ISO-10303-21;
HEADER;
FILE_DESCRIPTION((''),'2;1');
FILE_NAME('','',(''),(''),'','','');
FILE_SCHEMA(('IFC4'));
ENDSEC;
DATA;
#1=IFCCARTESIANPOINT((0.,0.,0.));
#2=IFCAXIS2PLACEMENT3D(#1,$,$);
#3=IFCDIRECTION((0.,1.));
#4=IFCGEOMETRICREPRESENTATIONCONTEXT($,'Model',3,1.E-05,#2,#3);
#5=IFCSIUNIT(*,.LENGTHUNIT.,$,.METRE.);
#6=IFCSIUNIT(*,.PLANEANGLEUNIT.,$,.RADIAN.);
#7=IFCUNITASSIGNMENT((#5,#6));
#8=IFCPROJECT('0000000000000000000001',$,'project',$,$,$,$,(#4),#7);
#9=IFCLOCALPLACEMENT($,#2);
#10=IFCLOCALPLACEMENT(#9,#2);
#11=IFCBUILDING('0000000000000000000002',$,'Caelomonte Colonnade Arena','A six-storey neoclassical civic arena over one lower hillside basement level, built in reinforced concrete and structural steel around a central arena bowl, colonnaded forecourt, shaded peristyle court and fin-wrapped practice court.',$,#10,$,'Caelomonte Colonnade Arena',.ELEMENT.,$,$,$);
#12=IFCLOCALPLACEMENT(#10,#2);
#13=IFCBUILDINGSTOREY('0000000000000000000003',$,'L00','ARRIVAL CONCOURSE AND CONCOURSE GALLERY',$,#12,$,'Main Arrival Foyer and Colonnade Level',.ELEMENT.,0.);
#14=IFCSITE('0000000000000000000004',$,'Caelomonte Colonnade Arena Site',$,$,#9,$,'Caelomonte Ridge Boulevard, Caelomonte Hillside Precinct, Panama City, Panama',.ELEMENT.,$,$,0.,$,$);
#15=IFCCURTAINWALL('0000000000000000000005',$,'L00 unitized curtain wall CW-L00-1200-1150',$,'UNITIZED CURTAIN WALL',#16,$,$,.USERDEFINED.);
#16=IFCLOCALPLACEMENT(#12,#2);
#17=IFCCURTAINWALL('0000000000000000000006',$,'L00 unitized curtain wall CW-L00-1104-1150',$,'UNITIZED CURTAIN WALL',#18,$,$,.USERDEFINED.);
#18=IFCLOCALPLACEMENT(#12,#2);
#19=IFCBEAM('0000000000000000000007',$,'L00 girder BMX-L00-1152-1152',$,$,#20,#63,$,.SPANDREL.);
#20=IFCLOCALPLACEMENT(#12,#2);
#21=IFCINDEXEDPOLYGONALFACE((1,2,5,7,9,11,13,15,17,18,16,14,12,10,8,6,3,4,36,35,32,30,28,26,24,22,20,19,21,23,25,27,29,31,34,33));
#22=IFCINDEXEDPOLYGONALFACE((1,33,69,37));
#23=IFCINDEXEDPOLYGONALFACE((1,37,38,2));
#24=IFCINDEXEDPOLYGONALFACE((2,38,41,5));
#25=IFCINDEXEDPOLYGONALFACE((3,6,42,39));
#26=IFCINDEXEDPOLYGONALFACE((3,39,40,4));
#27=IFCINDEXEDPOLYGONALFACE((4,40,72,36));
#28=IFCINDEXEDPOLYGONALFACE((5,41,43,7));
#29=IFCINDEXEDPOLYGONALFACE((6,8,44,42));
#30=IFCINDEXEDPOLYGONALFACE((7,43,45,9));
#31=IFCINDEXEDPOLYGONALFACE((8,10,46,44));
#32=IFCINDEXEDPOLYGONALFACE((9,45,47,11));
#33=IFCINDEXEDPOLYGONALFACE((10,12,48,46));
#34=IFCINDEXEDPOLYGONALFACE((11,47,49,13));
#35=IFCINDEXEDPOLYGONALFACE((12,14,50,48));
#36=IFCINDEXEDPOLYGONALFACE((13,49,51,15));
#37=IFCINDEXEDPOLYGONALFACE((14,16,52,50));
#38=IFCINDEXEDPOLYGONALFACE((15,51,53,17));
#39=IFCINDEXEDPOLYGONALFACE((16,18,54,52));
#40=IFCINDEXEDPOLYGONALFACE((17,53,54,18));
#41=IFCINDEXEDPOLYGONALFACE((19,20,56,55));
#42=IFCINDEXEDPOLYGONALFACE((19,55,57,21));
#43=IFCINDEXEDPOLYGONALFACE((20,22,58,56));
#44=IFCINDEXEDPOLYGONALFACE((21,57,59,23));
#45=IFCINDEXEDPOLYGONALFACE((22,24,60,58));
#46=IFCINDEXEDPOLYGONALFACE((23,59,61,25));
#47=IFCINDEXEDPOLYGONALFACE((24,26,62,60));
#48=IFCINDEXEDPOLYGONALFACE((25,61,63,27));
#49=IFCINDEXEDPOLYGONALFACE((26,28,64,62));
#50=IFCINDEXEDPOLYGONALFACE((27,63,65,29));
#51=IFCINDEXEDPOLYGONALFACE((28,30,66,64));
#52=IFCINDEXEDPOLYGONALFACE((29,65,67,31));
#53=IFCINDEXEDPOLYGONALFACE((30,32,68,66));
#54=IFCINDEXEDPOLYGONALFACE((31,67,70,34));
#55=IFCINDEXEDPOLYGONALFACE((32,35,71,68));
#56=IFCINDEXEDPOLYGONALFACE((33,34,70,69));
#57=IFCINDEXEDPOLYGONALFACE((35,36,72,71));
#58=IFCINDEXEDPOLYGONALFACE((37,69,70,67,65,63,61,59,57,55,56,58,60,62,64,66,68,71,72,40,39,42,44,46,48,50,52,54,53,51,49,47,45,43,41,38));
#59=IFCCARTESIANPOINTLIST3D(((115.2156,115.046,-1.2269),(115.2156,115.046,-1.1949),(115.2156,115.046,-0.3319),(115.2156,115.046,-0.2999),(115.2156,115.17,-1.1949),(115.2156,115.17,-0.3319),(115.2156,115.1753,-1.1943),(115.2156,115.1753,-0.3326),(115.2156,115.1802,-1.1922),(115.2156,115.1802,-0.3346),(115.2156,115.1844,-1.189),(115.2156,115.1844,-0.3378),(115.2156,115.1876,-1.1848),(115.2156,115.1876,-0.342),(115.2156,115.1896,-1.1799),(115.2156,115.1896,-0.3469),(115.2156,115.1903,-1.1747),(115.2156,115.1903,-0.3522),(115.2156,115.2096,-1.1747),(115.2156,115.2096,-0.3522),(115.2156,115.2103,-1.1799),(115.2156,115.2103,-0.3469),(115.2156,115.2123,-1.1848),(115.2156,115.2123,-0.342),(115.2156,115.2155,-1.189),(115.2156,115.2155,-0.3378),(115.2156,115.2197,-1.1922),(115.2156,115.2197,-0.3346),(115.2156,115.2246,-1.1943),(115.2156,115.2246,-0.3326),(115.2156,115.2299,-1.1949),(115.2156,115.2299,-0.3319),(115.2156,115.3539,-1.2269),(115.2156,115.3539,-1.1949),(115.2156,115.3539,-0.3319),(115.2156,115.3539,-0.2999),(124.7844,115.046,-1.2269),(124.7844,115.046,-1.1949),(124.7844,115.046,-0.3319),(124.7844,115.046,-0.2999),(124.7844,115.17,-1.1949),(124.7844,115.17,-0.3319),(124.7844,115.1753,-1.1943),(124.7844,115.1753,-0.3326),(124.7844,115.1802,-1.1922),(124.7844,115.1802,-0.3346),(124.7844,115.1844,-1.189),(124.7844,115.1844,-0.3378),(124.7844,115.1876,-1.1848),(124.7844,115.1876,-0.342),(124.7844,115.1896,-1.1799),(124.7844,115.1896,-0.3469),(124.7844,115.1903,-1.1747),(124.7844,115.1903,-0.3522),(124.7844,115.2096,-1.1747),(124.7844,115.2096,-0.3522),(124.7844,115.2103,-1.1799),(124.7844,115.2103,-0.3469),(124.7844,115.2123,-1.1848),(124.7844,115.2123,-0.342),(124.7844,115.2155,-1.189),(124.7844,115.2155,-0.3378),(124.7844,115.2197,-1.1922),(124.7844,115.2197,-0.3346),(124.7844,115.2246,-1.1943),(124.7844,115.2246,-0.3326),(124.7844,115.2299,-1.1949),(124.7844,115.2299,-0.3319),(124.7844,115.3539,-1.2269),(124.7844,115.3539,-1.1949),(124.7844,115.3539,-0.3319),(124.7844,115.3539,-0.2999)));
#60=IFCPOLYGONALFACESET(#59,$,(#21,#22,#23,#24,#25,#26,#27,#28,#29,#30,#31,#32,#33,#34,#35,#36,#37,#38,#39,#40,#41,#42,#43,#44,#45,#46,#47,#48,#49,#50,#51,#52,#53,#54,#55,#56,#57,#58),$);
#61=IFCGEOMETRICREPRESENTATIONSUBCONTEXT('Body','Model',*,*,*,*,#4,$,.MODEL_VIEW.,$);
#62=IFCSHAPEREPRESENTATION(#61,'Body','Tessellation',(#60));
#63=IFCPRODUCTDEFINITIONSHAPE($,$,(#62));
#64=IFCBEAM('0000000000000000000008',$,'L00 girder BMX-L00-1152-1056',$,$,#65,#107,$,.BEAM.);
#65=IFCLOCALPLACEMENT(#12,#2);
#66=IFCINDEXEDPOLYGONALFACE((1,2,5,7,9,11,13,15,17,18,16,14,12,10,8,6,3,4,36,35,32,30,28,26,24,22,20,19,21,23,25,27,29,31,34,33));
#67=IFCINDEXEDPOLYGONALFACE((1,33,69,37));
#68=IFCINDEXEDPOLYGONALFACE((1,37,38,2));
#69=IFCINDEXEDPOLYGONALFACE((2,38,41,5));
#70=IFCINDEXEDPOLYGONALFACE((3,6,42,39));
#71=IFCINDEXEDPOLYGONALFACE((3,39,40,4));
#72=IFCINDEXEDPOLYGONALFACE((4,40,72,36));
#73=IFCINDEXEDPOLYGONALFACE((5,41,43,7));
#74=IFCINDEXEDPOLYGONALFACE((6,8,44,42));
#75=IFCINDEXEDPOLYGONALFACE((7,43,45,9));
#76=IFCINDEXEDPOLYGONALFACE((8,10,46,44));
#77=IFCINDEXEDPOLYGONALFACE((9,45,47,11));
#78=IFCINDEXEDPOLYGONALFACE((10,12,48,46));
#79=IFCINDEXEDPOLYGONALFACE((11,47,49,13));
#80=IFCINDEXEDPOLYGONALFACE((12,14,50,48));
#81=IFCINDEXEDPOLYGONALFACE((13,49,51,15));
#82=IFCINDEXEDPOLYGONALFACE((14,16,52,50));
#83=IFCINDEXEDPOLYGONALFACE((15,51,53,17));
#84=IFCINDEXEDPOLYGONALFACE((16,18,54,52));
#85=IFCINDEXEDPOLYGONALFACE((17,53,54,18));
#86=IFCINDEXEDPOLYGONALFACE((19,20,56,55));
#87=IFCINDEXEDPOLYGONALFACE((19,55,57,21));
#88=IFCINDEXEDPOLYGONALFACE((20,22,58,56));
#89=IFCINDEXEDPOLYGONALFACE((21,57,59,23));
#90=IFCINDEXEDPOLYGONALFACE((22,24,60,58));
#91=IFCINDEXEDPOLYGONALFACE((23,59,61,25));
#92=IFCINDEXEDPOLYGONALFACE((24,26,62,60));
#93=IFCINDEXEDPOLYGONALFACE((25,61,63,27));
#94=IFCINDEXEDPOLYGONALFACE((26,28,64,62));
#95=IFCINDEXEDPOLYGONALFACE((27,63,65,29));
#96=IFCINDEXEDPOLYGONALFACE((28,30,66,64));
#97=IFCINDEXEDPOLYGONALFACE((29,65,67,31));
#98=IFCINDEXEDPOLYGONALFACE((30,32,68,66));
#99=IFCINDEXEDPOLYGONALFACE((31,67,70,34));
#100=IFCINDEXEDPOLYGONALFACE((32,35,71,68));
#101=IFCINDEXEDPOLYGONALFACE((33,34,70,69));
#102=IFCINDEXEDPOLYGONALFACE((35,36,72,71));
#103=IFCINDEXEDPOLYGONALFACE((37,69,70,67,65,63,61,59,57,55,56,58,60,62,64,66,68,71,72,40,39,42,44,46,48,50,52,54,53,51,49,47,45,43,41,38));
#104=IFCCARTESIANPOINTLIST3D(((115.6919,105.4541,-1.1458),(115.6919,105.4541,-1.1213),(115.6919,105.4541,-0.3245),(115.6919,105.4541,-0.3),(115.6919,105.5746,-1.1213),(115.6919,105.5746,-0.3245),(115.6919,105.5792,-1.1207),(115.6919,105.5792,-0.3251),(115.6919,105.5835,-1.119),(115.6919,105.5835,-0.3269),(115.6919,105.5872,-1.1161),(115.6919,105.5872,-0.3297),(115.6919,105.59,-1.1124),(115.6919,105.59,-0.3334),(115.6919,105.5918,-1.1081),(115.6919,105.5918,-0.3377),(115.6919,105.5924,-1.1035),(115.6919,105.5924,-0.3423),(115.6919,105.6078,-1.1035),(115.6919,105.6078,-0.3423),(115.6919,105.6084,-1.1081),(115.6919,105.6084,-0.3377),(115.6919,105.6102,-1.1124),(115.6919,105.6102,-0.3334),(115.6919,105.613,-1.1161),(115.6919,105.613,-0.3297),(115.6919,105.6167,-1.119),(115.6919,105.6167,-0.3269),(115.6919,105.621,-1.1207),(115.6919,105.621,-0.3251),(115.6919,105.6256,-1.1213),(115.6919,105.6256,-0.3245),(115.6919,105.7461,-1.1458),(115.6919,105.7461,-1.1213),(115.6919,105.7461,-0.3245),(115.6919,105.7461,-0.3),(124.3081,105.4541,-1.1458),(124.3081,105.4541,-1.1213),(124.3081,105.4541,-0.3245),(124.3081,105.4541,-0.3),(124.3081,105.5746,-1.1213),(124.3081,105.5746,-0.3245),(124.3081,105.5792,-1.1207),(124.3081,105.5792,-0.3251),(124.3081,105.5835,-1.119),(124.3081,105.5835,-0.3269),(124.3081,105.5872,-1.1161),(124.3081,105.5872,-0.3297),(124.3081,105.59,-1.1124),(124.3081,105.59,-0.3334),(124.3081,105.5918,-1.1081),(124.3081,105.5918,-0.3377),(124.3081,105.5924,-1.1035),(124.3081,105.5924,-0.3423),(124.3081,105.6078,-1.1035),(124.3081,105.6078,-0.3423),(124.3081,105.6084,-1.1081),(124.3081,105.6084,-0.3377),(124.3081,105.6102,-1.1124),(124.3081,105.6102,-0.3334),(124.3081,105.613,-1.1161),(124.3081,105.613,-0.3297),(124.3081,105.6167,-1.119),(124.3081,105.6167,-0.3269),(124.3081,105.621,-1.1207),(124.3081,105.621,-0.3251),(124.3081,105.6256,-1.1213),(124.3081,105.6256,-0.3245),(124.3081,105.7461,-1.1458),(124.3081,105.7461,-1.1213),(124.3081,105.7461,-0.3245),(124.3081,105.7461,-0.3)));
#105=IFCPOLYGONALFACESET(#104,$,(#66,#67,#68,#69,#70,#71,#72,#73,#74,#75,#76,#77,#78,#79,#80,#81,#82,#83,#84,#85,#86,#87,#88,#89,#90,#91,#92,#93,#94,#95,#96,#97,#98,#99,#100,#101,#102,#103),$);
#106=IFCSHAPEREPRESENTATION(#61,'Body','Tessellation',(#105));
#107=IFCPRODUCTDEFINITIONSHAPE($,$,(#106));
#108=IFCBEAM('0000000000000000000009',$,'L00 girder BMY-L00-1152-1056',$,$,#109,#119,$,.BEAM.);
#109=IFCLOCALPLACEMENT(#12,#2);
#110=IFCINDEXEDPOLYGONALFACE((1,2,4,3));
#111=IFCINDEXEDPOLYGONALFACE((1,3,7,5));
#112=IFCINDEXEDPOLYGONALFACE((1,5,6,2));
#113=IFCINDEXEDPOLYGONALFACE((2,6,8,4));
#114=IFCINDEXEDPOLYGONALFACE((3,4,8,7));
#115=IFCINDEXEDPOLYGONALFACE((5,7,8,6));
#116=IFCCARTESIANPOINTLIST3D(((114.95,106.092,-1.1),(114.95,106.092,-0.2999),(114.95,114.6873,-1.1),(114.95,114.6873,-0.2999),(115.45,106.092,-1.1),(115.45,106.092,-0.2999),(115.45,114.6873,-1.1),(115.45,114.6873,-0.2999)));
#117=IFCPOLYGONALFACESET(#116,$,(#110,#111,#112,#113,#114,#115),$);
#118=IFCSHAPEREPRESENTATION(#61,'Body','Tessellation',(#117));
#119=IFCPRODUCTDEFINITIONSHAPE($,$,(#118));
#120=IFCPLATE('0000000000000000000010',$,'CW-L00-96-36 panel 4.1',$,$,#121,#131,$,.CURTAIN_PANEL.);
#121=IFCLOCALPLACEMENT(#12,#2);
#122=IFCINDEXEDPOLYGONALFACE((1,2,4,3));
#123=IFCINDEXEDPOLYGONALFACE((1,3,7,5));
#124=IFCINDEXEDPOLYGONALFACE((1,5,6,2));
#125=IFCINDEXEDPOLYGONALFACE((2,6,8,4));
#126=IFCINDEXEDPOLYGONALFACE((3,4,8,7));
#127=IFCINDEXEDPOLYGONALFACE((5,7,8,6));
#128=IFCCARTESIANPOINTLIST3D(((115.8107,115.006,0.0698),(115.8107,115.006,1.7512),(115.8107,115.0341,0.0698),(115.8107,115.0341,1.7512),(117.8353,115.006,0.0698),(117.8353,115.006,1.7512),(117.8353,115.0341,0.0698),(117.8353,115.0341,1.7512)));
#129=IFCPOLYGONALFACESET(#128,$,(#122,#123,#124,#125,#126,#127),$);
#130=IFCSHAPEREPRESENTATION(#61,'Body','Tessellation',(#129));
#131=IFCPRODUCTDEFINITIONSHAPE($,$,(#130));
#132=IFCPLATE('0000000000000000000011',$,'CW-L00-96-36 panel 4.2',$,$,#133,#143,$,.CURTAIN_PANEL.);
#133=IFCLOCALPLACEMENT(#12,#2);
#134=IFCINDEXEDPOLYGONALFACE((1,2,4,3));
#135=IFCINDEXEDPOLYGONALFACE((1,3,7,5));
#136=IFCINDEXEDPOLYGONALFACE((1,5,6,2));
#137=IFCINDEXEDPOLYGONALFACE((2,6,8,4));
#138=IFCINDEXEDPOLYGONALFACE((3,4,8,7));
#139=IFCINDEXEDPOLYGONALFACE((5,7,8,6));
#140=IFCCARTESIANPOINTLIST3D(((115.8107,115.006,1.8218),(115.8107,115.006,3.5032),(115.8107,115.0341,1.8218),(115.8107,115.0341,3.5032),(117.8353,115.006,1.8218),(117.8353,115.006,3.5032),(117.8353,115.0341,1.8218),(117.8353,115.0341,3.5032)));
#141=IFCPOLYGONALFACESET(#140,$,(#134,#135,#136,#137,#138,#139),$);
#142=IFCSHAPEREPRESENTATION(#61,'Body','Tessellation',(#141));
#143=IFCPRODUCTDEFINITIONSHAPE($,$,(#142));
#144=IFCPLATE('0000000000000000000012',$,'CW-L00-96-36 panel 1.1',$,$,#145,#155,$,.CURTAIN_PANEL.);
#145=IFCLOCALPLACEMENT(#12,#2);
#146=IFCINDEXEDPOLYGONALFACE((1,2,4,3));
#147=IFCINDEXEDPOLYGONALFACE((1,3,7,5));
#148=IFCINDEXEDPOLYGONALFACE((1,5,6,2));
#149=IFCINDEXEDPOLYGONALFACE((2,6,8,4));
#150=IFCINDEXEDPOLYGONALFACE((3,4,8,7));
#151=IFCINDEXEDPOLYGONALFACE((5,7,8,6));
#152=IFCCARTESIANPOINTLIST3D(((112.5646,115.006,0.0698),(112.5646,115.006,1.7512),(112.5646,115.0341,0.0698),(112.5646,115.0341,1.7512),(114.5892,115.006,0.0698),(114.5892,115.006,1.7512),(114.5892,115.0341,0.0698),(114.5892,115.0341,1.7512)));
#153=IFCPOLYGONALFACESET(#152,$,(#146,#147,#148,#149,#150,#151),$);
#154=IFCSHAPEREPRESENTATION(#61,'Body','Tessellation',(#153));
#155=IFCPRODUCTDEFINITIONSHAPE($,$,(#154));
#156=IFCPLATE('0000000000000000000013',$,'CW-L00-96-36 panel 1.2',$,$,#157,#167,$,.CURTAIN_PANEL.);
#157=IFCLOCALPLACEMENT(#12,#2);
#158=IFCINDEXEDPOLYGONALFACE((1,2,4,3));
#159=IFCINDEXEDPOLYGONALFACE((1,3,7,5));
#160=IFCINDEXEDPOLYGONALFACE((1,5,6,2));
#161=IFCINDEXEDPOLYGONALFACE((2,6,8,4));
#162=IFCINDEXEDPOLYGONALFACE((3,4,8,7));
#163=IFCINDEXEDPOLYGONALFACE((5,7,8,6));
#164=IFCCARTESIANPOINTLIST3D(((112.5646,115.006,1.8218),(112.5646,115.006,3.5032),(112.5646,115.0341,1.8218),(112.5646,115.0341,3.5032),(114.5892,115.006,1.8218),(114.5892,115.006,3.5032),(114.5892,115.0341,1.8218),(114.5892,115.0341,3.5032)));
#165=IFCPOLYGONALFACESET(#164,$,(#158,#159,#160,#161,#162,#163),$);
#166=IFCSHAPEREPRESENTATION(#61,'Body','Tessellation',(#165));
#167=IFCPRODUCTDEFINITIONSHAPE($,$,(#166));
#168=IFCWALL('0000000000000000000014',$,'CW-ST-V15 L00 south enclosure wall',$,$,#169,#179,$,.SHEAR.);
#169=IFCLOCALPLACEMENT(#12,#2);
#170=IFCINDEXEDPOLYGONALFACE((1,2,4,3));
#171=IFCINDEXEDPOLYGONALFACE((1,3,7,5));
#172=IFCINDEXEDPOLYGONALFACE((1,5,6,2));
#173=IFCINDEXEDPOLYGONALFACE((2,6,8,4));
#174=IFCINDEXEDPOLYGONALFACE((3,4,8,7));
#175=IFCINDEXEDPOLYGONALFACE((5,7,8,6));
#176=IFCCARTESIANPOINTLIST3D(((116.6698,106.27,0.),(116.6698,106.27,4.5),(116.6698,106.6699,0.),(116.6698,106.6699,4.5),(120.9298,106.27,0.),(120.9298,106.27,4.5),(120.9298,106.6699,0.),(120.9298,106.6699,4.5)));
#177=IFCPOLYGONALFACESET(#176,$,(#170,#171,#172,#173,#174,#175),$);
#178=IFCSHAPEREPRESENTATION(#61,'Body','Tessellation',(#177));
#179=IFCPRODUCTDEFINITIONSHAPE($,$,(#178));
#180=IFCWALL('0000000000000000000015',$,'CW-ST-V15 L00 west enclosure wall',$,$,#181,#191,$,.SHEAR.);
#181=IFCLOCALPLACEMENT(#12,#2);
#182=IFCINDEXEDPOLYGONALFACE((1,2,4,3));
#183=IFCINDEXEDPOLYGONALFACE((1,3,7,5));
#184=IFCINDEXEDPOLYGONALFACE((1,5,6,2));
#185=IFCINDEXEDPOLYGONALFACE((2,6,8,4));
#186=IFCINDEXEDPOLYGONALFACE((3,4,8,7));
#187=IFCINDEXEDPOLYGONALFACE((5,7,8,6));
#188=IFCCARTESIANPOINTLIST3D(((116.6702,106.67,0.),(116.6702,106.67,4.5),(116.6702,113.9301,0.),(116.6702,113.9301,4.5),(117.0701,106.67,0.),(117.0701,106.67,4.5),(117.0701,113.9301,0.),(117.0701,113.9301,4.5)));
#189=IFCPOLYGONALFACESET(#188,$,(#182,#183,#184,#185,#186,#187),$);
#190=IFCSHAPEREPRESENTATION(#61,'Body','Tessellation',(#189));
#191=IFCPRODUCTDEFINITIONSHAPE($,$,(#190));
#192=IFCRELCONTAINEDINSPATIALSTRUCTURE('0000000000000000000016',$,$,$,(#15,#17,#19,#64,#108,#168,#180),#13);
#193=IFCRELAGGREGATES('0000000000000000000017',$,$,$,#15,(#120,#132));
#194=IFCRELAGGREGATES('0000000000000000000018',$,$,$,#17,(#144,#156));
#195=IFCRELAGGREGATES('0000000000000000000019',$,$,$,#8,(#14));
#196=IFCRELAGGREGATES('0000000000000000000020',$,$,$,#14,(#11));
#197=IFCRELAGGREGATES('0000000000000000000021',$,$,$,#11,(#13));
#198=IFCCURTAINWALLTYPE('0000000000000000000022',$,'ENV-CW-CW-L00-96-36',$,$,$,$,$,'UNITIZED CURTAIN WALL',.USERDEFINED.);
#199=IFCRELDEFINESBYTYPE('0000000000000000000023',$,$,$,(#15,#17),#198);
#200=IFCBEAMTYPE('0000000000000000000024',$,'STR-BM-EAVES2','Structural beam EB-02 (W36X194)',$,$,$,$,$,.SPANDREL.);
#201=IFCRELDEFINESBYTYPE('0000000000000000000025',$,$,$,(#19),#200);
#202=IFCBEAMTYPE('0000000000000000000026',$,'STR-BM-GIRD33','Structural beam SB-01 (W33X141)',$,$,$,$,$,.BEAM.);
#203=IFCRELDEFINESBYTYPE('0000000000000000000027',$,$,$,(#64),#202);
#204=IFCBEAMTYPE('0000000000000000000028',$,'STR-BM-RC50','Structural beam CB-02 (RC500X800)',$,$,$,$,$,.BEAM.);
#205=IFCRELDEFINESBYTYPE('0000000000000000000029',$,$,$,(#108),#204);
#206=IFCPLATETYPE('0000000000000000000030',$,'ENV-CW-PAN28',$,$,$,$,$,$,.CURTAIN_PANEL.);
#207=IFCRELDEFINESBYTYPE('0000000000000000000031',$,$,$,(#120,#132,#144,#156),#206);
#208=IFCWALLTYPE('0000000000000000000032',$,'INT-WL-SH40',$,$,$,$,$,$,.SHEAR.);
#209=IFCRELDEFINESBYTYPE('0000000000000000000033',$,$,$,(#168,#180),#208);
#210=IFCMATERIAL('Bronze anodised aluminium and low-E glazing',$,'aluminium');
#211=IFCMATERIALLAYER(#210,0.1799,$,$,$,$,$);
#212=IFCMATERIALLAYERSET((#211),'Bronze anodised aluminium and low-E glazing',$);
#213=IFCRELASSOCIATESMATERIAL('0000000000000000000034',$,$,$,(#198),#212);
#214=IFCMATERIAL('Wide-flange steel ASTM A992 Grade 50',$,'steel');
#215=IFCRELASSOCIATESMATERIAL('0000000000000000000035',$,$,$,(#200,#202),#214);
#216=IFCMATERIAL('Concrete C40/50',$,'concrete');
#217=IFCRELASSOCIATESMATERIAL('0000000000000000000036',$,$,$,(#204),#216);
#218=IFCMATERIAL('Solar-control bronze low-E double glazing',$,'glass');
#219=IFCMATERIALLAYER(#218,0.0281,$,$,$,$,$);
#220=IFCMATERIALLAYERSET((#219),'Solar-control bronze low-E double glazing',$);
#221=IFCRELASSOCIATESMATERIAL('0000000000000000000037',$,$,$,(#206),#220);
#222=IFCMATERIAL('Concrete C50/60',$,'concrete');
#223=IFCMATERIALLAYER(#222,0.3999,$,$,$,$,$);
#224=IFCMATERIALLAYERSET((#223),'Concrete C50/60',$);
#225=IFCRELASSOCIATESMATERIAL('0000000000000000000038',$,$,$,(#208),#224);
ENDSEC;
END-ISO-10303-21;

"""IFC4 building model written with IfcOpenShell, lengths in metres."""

from ifc_helpers import new_model, si_unit, direction, frame, frame_2d, origin, origin_2d, place, context, subcontext, project, spatial, rectangle, i_section, extrude, material, layer, layer_set, material_profile, profile_set, type_object, element, aggregate, save


model = new_model("IFC4")

# Units and contexts
model_context = context("Model", 3, precision=1e-05, world=origin(), true_north=direction((0.0, 1.0)))
body_context = subcontext(model_context, "Body", "Model", "MODEL_VIEW")
ifc_project = project(units=[si_unit("LENGTHUNIT", "METRE"), si_unit("PLANEANGLEUNIT", "RADIAN")], contexts=[model_context])

# Site, building, storey
site_placement = place(None, origin())
site = spatial("IfcSite", under=ifc_project, at=site_placement, Name="Caelomonte Colonnade Arena Site", LongName="Caelomonte Ridge Boulevard, Caelomonte Hillside Precinct, Panama City, Panama", CompositionType="ELEMENT", RefElevation=0.0)
building_placement = place(site_placement, origin())
building = spatial("IfcBuilding", under=site, at=building_placement, Name="Caelomonte Colonnade Arena", Description="A six-storey neoclassical civic arena over one lower hillside basement level, built in reinforced concrete and structural steel around a central arena bowl, colonnaded forecourt, shaded peristyle court and fin-wrapped practice court.", LongName="Caelomonte Colonnade Arena", CompositionType="ELEMENT")
storey_placement = place(building_placement, origin())
storey = spatial("IfcBuildingStorey", under=building, at=storey_placement, Name="L00", Description="ARRIVAL CONCOURSE AND CONCOURSE GALLERY", LongName="Main Arrival Foyer and Colonnade Level", CompositionType="ELEMENT", Elevation=0.0)

# Shared definitions
ifc_material_1 = material(Name="Concrete C50/60", Category="concrete")
ifc_material_2 = material(Name="Wide-flange steel ASTM A992 Grade 50", Category="steel")

# Curtain walls
ifc_material_3 = material(Name="Bronze anodised aluminium and low-E glazing", Category="aluminium")
ifc_layer_1 = layer(ifc_material_3, 0.1799)
ifc_layer_set_1 = layer_set([ifc_layer_1], Name="Bronze anodised aluminium and low-E glazing")
curtain_wall_type = type_object("IfcCurtainWallType", Name="ENV-CW-CW-L00-96-36", ElementType="UNITIZED CURTAIN WALL", PredefinedType="USERDEFINED", material=ifc_layer_set_1)
curtain_wall_1_placement = place(storey_placement, origin())
curtain_wall_1 = element("IfcCurtainWall", 1, at=curtain_wall_1_placement, inside=storey, type_object=curtain_wall_type, Name="L00 unitized curtain wall CW-L00-1200-1150", ObjectType="UNITIZED CURTAIN WALL", PredefinedType="USERDEFINED")
curtain_wall_2_placement = place(storey_placement, origin())
curtain_wall_2 = element("IfcCurtainWall", 2, at=curtain_wall_2_placement, inside=storey, type_object=curtain_wall_type, Name="L00 unitized curtain wall CW-L00-1104-1150", ObjectType="UNITIZED CURTAIN WALL", PredefinedType="USERDEFINED")

# Beams
ifc_material_profile_1 = material_profile(ifc_material_2, i_section(OverallWidth=0.3079, OverallDepth=0.927, WebThickness=0.0193, FlangeThickness=0.032, FilletRadius=0.0203, at=origin_2d()), Name="W36X194")
ifc_profile_set_1 = profile_set([ifc_material_profile_1], Name="Wide-flange steel ASTM A992 Grade 50")
beam_type_1 = type_object("IfcBeamType", Name="STR-BM-EAVES2", Description="Structural beam EB-02 (W36X194)", PredefinedType="SPANDREL", material=ifc_profile_set_1)
beam_1_placement = place(storey_placement, frame((115.2156, 115.2, -0.7634), z_axis=(1.0, 0.0, 0.0), x_axis=(0.0, 1.0, 0.0)))
element("IfcBeam", 3, at=beam_1_placement, inside=storey, type_object=beam_type_1, Name="L00 girder BMX-L00-1152-1152", PredefinedType="SPANDREL", context=body_context, shape_type="SweptSolid", body=[
    extrude(i_section(OverallWidth=0.3079, OverallDepth=0.927, WebThickness=0.0193, FlangeThickness=0.032, FilletRadius=0.0203, at=origin_2d()), origin(), (0.0, 0.0, 1.0), 9.5688),
])
ifc_material_profile_2 = material_profile(ifc_material_2, i_section(OverallWidth=0.292, OverallDepth=0.8457, WebThickness=0.0154, FlangeThickness=0.0244, FilletRadius=0.0178, at=origin_2d()), Name="W33X141")
ifc_profile_set_2 = profile_set([ifc_material_profile_2], Name="Wide-flange steel ASTM A992 Grade 50")
beam_type_2 = type_object("IfcBeamType", Name="STR-BM-GIRD33", Description="Structural beam SB-01 (W33X141)", PredefinedType="BEAM", material=ifc_profile_set_2)
beam_2_placement = place(storey_placement, frame((115.6919, 105.6001, -0.7229), z_axis=(1.0, 0.0, 0.0), x_axis=(0.0, 1.0, 0.0)))
element("IfcBeam", 4, at=beam_2_placement, inside=storey, type_object=beam_type_2, Name="L00 girder BMX-L00-1152-1056", PredefinedType="BEAM", context=body_context, shape_type="SweptSolid", body=[
    extrude(i_section(OverallWidth=0.292, OverallDepth=0.8457, WebThickness=0.0154, FlangeThickness=0.0244, FilletRadius=0.0178, at=origin_2d()), origin(), (0.0, 0.0, 1.0), 8.6162),
])
ifc_material_4 = material(Name="Concrete C40/50", Category="concrete")
ifc_material_profile_3 = material_profile(ifc_material_4, rectangle(XDim=0.5, YDim=0.8, at=origin_2d()), Name="RC500X800")
ifc_profile_set_3 = profile_set([ifc_material_profile_3], Name="Concrete C40/50")
beam_type_3 = type_object("IfcBeamType", Name="STR-BM-RC50", Description="Structural beam CB-02 (RC500X800)", PredefinedType="BEAM", material=ifc_profile_set_3)
beam_3_placement = place(storey_placement, frame((115.2, 106.092, -0.7), z_axis=(0.0, 1.0, 0.0), x_axis=(-1.0, 0.0, 0.0)))
element("IfcBeam", 5, at=beam_3_placement, inside=storey, type_object=beam_type_3, Name="L00 girder BMY-L00-1152-1056", PredefinedType="BEAM", context=body_context, shape_type="SweptSolid", body=[
    extrude(rectangle(XDim=0.5, YDim=0.8, at=origin_2d()), origin(), (0.0, 0.0, 1.0), 8.5952),
])

# Plates
ifc_material_5 = material(Name="Solar-control bronze low-E double glazing", Category="glass")
ifc_layer_2 = layer(ifc_material_5, 0.0281)
ifc_layer_set_2 = layer_set([ifc_layer_2], Name="Solar-control bronze low-E double glazing")
plate_type = type_object("IfcPlateType", Name="ENV-CW-PAN28", PredefinedType="CURTAIN_PANEL", material=ifc_layer_set_2)
plate_1_placement = place(storey_placement, frame((116.823, 115.02, 0.0698), z_axis=(0.0, 0.0, 1.0), x_axis=(-1.0, 0.0, 0.0)))
plate_1 = element("IfcPlate", 6, at=plate_1_placement, type_object=plate_type, Name="CW-L00-96-36 panel 4.1", PredefinedType="CURTAIN_PANEL", context=body_context, shape_type="SweptSolid", body=[
    extrude(rectangle(XDim=2.0247, YDim=0.0281, at=origin_2d()), origin(), (0.0, 0.0, 1.0), 1.6814),
])
plate_2_placement = place(storey_placement, frame((116.823, 115.02, 1.8218), z_axis=(0.0, 0.0, 1.0), x_axis=(-1.0, 0.0, 0.0)))
plate_2 = element("IfcPlate", 7, at=plate_2_placement, type_object=plate_type, Name="CW-L00-96-36 panel 4.2", PredefinedType="CURTAIN_PANEL", context=body_context, shape_type="SweptSolid", body=[
    extrude(rectangle(XDim=2.0247, YDim=0.0281, at=origin_2d()), origin(), (0.0, 0.0, 1.0), 1.6814),
])
aggregate(curtain_wall_1, [plate_1, plate_2])
plate_3_placement = place(storey_placement, frame((113.5769, 115.02, 0.0698), z_axis=(0.0, 0.0, 1.0), x_axis=(-1.0, 0.0, 0.0)))
plate_3 = element("IfcPlate", 8, at=plate_3_placement, type_object=plate_type, Name="CW-L00-96-36 panel 1.1", PredefinedType="CURTAIN_PANEL", context=body_context, shape_type="SweptSolid", body=[
    extrude(rectangle(XDim=2.0247, YDim=0.0281, at=origin_2d()), origin(), (0.0, 0.0, 1.0), 1.6814),
])
plate_4_placement = place(storey_placement, frame((113.5769, 115.02, 1.8218), z_axis=(0.0, 0.0, 1.0), x_axis=(-1.0, 0.0, 0.0)))
plate_4 = element("IfcPlate", 9, at=plate_4_placement, type_object=plate_type, Name="CW-L00-96-36 panel 1.2", PredefinedType="CURTAIN_PANEL", context=body_context, shape_type="SweptSolid", body=[
    extrude(rectangle(XDim=2.0247, YDim=0.0281, at=origin_2d()), origin(), (0.0, 0.0, 1.0), 1.6814),
])
aggregate(curtain_wall_2, [plate_3, plate_4])

# Walls
ifc_layer_3 = layer(ifc_material_1, 0.3999)
ifc_layer_set_3 = layer_set([ifc_layer_3], Name="Concrete C50/60")
wall_type = type_object("IfcWallType", Name="INT-WL-SH40", PredefinedType="SHEAR", material=ifc_layer_set_3)
wall_1_placement = place(storey_placement, frame((116.6699, 106.47, 0.0), z_axis=(0.0, 0.0, 1.0), x_axis=(1.0, 0.0, 0.0)))
element("IfcWall", 10, at=wall_1_placement, inside=storey, type_object=wall_type, Name="CW-ST-V15 L00 south enclosure wall", PredefinedType="SHEAR", context=body_context, shape_type="SweptSolid", body=[
    extrude(rectangle(XDim=4.26, YDim=0.3999, at=frame_2d((2.1299, 0.0))), origin(), (0.0, 0.0, 1.0), 4.5),
])
wall_2_placement = place(storey_placement, frame((116.8701, 113.9299, 0.0), z_axis=(0.0, 0.0, 1.0), x_axis=(0.0, -1.0, 0.0)))
element("IfcWall", 11, at=wall_2_placement, inside=storey, type_object=wall_type, Name="CW-ST-V15 L00 west enclosure wall", PredefinedType="SHEAR", context=body_context, shape_type="SweptSolid", body=[
    extrude(rectangle(XDim=7.26, YDim=0.3999, at=frame_2d((3.6299, 0.0))), origin(), (0.0, 0.0, 1.0), 4.5),
])

save(model, "model.ifc")
